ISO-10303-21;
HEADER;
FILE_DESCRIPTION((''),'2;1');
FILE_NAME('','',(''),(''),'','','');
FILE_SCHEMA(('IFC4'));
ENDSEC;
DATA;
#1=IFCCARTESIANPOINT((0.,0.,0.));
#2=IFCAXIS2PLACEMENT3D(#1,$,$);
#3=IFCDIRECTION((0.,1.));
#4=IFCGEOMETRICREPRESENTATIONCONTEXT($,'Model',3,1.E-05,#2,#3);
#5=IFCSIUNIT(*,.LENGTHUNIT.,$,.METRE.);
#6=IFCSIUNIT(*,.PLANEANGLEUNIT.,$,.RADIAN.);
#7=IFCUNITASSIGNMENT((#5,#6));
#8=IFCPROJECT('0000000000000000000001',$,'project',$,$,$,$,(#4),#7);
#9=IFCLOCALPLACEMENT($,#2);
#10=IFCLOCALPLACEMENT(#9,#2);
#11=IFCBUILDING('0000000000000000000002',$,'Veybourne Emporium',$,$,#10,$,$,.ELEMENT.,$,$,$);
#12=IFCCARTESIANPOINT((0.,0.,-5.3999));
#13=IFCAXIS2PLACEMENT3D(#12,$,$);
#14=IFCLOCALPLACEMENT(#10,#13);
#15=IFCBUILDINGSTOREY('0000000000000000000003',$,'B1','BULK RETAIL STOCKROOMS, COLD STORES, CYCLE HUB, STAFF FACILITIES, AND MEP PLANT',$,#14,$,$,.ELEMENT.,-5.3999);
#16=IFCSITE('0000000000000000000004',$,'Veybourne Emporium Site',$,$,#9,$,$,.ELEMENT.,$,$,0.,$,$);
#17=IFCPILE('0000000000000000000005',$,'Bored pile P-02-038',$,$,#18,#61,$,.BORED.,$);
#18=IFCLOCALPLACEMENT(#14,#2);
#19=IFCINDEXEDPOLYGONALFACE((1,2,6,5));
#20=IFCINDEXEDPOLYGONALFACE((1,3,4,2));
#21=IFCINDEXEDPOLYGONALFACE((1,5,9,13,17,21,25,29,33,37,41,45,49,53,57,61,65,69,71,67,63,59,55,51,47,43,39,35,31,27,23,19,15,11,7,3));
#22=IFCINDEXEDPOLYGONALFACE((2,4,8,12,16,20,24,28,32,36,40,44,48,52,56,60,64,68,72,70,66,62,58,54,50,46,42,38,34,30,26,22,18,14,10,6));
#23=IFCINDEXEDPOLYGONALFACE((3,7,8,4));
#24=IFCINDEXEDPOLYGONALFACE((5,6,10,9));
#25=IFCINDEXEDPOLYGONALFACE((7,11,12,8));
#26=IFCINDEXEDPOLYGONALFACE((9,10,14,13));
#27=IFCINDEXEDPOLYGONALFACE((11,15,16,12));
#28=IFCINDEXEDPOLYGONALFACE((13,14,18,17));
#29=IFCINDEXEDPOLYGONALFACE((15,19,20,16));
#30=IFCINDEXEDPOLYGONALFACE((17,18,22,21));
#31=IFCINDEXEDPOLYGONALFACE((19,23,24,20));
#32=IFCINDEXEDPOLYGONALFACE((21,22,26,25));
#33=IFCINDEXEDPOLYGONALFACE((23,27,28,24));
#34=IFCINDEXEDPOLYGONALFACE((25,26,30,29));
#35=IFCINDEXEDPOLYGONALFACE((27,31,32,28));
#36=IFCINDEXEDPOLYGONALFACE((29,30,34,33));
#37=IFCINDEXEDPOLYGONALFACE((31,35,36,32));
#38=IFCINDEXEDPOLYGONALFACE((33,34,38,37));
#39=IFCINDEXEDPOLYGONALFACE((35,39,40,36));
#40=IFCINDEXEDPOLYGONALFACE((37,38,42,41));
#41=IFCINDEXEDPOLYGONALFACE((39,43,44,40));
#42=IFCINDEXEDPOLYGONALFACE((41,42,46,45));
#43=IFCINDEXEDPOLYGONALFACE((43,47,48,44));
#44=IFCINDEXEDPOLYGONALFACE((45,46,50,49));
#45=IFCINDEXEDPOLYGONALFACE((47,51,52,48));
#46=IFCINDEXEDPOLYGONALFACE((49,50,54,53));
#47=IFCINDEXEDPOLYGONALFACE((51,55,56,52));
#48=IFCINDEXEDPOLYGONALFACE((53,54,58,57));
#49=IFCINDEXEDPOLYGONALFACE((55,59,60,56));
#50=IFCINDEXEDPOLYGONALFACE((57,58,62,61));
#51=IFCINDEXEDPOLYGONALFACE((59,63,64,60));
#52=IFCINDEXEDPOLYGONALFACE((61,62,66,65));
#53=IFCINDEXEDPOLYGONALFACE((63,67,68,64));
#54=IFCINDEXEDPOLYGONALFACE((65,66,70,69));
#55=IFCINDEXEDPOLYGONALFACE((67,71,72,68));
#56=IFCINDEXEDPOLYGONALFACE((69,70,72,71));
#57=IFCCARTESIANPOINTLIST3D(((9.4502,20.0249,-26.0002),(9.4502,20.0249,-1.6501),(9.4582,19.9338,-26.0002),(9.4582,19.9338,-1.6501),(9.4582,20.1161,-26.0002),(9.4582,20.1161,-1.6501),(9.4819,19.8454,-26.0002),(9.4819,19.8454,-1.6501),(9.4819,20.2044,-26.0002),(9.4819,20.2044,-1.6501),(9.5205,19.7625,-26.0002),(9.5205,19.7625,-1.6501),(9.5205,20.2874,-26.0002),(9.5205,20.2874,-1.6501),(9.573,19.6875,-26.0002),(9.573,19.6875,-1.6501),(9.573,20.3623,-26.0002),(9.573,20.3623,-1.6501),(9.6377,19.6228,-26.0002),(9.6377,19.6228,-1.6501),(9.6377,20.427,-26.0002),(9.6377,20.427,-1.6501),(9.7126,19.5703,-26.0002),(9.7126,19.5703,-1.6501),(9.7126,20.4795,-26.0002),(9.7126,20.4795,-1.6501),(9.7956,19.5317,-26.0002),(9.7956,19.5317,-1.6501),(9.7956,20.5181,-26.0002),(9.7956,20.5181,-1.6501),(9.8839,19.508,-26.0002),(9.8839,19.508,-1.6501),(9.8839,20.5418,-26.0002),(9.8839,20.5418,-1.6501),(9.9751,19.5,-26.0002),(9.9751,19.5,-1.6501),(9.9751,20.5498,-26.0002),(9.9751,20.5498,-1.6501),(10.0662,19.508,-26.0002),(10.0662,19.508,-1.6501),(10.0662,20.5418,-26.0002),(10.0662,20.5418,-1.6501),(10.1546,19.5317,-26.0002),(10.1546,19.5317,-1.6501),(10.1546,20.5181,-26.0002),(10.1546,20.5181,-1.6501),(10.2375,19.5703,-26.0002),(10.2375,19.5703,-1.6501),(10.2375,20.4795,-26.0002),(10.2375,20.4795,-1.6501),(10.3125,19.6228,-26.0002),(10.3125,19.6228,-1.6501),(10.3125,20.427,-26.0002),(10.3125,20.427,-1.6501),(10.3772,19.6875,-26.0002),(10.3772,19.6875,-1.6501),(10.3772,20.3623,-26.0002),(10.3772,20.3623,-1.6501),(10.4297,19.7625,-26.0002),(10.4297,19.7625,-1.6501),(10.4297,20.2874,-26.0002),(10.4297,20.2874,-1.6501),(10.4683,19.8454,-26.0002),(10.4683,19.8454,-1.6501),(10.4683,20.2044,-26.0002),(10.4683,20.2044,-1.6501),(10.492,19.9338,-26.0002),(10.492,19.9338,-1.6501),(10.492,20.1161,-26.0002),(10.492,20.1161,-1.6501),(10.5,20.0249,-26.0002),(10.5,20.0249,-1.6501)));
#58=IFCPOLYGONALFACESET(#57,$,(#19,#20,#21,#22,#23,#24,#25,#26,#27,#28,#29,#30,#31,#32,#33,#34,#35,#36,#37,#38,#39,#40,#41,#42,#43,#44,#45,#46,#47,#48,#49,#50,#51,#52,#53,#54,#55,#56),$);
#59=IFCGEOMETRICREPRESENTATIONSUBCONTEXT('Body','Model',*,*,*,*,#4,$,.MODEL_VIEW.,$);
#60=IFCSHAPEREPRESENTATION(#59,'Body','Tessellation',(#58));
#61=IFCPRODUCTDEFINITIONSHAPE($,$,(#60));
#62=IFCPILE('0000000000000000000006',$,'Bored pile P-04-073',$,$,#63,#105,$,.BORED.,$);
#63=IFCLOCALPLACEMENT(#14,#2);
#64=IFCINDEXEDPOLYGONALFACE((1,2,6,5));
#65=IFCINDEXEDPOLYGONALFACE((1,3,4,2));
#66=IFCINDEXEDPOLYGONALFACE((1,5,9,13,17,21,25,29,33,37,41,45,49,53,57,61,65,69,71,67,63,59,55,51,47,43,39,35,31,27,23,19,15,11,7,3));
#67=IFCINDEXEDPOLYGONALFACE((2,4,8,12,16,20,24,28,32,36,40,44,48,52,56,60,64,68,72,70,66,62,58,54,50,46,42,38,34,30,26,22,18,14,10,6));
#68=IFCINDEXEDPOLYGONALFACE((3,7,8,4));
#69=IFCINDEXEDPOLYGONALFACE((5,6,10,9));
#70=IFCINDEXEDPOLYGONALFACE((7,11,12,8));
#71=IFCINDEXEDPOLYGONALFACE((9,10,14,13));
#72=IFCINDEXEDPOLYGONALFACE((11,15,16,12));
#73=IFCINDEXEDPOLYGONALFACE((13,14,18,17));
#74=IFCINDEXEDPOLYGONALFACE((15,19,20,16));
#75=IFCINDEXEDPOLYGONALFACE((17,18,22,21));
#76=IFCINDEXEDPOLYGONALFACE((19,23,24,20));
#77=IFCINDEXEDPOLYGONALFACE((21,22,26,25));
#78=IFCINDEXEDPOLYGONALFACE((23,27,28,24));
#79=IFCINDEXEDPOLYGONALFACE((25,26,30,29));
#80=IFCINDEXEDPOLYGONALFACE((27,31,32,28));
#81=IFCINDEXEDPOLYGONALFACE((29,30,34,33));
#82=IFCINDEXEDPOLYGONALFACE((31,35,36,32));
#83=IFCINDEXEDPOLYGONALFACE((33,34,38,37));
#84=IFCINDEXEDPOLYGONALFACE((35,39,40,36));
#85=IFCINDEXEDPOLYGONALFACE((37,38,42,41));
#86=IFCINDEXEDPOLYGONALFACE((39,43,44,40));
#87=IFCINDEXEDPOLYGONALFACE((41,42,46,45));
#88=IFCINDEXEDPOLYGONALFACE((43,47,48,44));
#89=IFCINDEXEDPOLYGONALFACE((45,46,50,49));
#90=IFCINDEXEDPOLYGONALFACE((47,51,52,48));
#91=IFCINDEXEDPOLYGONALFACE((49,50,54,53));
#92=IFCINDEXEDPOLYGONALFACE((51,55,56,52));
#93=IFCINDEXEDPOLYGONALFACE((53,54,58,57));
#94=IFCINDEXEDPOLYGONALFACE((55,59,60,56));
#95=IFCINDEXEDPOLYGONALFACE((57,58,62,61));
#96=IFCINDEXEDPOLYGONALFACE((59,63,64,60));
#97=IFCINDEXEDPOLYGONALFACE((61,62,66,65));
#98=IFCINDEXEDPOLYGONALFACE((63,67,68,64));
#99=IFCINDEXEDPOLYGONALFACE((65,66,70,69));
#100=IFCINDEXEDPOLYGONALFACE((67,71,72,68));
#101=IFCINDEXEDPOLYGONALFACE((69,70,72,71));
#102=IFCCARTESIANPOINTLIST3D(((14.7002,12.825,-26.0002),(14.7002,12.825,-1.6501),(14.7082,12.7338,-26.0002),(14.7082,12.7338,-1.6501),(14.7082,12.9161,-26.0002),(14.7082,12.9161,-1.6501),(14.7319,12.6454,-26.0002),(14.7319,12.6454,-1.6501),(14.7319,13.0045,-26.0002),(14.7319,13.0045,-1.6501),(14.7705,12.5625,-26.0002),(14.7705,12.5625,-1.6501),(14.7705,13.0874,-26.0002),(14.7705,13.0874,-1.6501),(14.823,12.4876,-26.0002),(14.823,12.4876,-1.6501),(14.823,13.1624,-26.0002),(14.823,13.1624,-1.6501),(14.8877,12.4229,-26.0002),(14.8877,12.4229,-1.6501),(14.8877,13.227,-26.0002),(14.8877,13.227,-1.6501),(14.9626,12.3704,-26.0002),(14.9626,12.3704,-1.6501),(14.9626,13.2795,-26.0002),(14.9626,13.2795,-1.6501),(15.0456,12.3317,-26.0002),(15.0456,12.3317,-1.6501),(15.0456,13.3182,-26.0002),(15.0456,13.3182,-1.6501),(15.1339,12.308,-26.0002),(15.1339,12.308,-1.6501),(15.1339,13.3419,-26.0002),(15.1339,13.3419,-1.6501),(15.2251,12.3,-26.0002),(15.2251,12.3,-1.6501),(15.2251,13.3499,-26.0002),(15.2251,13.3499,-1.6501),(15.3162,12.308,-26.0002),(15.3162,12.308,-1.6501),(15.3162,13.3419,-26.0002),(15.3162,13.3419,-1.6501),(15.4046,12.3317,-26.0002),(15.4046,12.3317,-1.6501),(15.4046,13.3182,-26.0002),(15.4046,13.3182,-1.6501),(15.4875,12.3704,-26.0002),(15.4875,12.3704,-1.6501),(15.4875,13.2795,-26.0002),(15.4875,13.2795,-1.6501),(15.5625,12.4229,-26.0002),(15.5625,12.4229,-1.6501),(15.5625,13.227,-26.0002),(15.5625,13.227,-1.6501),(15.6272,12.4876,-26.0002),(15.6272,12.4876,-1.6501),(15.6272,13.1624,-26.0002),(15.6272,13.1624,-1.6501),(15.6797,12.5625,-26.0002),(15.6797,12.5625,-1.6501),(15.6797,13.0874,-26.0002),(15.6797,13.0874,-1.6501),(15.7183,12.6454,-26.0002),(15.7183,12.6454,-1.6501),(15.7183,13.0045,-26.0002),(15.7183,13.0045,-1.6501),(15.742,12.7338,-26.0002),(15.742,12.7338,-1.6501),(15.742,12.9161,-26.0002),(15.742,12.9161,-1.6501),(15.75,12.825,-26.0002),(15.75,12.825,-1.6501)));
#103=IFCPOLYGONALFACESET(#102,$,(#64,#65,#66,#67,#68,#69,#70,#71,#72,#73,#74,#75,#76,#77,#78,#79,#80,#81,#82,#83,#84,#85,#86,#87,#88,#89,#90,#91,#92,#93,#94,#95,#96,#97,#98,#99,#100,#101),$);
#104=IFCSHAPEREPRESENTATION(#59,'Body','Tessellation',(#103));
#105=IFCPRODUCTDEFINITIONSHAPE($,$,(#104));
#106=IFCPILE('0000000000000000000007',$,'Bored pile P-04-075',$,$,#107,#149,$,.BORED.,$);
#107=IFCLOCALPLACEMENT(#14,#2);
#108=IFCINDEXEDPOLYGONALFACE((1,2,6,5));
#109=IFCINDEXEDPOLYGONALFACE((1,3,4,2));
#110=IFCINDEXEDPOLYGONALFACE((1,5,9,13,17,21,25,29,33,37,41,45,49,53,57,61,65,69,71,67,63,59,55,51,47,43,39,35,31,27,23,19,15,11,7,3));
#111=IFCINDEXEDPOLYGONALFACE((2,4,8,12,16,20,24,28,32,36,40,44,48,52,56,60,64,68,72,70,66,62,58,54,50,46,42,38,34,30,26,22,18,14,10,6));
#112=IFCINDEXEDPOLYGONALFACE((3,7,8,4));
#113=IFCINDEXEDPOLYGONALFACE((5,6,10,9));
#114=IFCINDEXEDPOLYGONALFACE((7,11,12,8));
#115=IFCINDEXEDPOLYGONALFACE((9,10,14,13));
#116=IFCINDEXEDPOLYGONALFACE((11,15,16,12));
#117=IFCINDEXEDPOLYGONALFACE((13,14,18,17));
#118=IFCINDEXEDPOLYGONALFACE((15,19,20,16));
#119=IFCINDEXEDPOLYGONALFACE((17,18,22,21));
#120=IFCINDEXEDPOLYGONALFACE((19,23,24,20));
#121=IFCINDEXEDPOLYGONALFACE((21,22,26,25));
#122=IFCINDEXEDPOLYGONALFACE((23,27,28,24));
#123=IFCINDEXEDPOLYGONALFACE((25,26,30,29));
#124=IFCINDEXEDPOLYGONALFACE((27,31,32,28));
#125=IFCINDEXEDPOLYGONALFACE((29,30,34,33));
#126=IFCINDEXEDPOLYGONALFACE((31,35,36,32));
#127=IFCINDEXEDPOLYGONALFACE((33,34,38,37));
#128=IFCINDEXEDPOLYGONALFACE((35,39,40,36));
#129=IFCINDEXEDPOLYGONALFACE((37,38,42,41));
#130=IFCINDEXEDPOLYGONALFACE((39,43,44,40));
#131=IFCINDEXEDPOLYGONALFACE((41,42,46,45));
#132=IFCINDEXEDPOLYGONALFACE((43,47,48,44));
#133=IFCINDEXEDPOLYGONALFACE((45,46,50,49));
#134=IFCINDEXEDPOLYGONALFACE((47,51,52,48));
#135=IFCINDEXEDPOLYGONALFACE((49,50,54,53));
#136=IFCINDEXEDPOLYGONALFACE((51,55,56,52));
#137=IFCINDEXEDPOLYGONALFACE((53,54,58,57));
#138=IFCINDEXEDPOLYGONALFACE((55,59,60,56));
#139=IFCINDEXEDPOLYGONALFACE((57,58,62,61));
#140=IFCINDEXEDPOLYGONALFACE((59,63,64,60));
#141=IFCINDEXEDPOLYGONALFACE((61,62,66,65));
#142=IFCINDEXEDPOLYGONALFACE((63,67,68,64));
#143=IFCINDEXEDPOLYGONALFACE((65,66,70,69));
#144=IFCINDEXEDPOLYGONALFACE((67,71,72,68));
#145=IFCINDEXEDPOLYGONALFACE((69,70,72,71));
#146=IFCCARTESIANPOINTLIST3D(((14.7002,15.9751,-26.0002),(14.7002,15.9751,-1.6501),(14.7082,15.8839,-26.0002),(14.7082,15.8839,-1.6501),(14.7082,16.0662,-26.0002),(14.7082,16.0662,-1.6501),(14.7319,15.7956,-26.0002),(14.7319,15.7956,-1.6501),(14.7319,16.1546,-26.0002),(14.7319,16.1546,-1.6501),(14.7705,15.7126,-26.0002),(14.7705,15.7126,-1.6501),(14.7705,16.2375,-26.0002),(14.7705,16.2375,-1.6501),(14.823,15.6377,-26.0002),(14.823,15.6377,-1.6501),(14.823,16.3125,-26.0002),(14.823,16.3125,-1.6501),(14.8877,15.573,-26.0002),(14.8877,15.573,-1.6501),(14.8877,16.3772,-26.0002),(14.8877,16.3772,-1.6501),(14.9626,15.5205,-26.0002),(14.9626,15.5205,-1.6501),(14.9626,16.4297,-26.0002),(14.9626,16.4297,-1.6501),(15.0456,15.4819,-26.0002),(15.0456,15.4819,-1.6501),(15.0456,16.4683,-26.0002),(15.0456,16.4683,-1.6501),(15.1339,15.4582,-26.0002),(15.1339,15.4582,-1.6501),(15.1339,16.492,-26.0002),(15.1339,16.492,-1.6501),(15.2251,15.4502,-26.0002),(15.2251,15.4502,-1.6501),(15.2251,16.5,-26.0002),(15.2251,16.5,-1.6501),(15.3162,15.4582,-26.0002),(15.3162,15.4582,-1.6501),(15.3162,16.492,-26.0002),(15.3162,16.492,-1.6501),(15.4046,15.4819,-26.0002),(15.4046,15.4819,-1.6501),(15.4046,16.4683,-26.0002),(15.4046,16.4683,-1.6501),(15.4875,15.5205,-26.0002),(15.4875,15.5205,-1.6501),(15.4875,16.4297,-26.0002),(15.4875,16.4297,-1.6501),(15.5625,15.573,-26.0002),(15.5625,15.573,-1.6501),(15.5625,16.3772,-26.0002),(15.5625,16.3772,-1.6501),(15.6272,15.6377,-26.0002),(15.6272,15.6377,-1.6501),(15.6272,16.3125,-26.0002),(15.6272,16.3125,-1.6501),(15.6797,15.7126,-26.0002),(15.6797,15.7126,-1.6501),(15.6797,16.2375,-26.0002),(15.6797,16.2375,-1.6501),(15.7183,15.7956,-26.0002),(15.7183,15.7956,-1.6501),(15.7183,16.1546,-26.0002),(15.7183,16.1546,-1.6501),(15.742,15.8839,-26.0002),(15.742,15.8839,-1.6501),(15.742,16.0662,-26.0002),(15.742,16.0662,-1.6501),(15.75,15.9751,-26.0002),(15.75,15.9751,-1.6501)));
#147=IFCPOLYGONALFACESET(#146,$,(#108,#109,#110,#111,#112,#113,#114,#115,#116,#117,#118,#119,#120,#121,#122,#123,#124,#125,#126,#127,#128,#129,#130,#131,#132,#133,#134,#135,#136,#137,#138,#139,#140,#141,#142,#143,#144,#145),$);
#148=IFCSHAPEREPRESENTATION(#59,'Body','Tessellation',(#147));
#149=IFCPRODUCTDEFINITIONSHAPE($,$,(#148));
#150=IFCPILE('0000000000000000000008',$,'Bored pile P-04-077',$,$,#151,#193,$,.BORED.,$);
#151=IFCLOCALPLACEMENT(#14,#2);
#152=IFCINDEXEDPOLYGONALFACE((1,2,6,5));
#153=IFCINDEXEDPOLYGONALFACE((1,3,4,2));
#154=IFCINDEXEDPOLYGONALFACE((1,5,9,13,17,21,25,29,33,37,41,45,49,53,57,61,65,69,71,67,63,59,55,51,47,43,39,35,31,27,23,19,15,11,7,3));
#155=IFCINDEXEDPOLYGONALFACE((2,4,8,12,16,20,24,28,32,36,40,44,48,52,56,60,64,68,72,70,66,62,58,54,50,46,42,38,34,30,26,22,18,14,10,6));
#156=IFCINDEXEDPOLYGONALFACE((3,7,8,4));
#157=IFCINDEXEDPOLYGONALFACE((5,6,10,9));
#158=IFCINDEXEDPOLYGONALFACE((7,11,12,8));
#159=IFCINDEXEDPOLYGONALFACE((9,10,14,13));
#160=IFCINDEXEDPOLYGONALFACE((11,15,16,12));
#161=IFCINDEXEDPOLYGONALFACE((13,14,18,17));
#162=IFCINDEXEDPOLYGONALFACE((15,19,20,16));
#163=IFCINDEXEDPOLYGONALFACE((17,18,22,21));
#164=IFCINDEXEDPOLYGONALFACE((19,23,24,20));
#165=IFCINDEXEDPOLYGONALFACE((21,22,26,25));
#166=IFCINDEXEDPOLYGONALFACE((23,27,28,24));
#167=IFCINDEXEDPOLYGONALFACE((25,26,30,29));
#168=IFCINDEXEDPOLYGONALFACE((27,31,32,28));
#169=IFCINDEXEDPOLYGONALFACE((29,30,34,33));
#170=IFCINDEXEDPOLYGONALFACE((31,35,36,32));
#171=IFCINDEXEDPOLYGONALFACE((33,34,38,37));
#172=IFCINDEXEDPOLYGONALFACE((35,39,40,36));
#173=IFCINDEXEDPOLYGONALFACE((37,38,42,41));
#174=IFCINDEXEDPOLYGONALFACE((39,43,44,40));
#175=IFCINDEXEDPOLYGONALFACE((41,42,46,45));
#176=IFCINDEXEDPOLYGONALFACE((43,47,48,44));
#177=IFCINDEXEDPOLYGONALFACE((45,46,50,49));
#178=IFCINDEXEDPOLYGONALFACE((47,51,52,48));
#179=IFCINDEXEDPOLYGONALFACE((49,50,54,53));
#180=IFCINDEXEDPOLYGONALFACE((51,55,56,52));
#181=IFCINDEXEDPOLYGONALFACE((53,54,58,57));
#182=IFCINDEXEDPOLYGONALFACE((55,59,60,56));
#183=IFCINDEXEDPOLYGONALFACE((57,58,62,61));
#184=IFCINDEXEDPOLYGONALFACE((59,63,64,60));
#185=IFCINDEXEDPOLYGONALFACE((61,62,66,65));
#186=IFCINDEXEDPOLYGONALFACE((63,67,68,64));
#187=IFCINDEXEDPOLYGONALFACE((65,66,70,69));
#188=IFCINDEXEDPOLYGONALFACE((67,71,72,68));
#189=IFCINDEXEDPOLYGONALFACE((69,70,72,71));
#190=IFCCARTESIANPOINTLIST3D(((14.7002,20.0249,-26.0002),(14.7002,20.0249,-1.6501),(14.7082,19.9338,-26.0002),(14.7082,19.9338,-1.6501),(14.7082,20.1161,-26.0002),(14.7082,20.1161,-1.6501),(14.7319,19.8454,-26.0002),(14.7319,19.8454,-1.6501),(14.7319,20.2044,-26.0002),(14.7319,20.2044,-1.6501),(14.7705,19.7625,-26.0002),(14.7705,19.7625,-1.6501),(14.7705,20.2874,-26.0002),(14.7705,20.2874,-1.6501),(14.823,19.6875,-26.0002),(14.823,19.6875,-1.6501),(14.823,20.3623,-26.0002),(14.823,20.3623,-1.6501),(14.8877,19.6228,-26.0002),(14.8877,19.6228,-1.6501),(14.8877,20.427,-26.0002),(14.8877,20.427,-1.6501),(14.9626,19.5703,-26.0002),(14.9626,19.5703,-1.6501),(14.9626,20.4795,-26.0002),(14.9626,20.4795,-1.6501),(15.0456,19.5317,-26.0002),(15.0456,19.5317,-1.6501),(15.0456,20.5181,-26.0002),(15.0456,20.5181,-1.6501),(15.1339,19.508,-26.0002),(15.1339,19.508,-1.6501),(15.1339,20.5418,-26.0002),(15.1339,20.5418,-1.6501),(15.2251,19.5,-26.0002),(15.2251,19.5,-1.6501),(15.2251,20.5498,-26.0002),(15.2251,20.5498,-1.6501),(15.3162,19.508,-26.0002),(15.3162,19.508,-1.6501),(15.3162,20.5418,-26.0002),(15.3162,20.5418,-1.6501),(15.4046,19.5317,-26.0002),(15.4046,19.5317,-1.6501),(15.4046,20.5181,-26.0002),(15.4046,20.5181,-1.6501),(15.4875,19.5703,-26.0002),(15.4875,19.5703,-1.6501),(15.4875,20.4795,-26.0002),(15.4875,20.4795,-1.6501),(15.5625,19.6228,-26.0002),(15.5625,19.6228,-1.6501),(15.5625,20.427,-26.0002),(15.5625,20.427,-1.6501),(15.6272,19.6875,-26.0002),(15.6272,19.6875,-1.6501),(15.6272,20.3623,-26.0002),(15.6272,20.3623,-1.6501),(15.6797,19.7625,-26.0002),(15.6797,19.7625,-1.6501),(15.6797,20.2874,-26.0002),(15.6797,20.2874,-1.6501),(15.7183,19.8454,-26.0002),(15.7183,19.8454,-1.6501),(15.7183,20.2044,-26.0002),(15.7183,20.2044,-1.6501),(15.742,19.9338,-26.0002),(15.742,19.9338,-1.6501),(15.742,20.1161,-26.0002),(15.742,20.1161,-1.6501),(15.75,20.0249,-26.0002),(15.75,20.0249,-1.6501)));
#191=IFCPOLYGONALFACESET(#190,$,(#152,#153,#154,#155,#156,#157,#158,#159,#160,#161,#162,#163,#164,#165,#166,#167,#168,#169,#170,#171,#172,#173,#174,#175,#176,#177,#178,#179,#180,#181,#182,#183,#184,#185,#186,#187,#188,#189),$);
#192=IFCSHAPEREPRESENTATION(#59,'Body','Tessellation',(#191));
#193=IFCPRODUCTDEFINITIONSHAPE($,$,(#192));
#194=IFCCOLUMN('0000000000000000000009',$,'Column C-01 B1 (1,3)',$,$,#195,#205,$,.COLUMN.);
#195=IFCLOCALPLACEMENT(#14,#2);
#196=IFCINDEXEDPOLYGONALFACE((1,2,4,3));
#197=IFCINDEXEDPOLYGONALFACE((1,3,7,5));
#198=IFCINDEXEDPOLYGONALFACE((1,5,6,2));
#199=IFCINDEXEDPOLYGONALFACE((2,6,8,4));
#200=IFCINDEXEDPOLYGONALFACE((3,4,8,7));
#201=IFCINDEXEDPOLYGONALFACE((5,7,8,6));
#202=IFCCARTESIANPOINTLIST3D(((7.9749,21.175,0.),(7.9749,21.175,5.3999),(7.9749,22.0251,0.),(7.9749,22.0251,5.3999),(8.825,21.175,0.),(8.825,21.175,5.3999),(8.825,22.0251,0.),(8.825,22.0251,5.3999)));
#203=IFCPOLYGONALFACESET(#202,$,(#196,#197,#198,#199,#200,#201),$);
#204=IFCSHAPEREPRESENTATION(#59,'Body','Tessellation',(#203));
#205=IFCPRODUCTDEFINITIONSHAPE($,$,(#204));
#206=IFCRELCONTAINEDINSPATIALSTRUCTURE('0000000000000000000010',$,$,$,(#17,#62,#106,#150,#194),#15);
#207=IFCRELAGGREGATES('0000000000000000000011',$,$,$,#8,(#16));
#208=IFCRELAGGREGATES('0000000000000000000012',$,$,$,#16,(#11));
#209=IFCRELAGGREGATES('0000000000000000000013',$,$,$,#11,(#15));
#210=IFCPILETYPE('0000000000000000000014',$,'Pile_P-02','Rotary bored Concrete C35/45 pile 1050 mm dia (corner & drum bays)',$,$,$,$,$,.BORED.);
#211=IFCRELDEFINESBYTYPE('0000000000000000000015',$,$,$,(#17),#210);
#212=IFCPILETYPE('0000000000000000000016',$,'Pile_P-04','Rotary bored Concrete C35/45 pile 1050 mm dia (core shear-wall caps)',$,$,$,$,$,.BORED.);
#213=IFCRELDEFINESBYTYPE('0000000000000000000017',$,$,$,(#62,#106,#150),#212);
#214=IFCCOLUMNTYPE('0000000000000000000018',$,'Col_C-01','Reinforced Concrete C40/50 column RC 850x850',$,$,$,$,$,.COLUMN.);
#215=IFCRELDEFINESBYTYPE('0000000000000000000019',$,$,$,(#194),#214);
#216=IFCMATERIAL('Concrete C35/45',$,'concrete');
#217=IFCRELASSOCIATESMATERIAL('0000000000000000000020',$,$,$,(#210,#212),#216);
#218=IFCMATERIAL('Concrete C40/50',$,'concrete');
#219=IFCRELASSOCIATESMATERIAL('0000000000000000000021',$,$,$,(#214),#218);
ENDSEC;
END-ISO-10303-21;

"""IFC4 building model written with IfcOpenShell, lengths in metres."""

from ifc_helpers import new_model, si_unit, direction, frame, origin, origin_2d, place, context, subcontext, project, spatial, rectangle, circle, extrude, material, material_profile, profile_set, type_object, element, save


model = new_model("IFC4")

# Units and contexts
model_context = context("Model", 3, precision=1e-05, world=origin(), true_north=direction((0.0, 1.0)))
body_context = subcontext(model_context, "Body", "Model", "MODEL_VIEW")
ifc_project = project(units=[si_unit("LENGTHUNIT", "METRE"), si_unit("PLANEANGLEUNIT", "RADIAN")], contexts=[model_context])

# Site, building, storey
site_placement = place(None, origin())
site = spatial("IfcSite", under=ifc_project, at=site_placement, Name="Veybourne Emporium Site", CompositionType="ELEMENT", RefElevation=0.0)
building_placement = place(site_placement, origin())
building = spatial("IfcBuilding", under=site, at=building_placement, Name="Veybourne Emporium", CompositionType="ELEMENT")
storey_placement = place(building_placement, frame((0.0, 0.0, -5.3999)))
storey = spatial("IfcBuildingStorey", under=building, at=storey_placement, Name="B1", Description="BULK RETAIL STOCKROOMS, COLD STORES, CYCLE HUB, STAFF FACILITIES, AND MEP PLANT", CompositionType="ELEMENT", Elevation=-5.3999)

# Shared definitions
ifc_material_1 = material(Name="Concrete C35/45", Category="concrete")

# Piles
ifc_material_profile_1 = material_profile(ifc_material_1, circle(Radius=0.5249, at=origin_2d()), Name="BORED PILE 1050")
ifc_profile_set_1 = profile_set([ifc_material_profile_1], Name="Concrete C35/45")
pile_type_1 = type_object("IfcPileType", Name="Pile_P-02", Description="Rotary bored Concrete C35/45 pile 1050 mm dia (corner & drum bays)", PredefinedType="BORED", material=ifc_profile_set_1)
for number, where, z_axis, x_axis, name in (
    (1, (9.9751, 20.0249, -1.6501), (0.0, 0.0, -1.0), (1.0, 0.0, 0.0), "Bored pile P-02-038"),
):
    element("IfcPile", number, at=place(storey_placement, frame(where, z_axis=z_axis, x_axis=x_axis)), inside=storey, type_object=pile_type_1, Name=name, PredefinedType="BORED", context=body_context, shape_type="SweptSolid", body=[
        extrude(circle(Radius=0.5249, at=origin_2d()), origin(), (0.0, 0.0, 1.0), 24.3501),
    ])
ifc_material_profile_2 = material_profile(ifc_material_1, circle(Radius=0.5249, at=origin_2d()), Name="BORED PILE 1050")
ifc_profile_set_2 = profile_set([ifc_material_profile_2], Name="Concrete C35/45")
pile_type_2 = type_object("IfcPileType", Name="Pile_P-04", Description="Rotary bored Concrete C35/45 pile 1050 mm dia (core shear-wall caps)", PredefinedType="BORED", material=ifc_profile_set_2)
for number, where, z_axis, x_axis, name in (
    (2, (15.2251, 12.825, -1.6501), (0.0, 0.0, -1.0), (1.0, 0.0, 0.0), "Bored pile P-04-073"),
    (3, (15.2251, 15.9751, -1.6501), (0.0, 0.0, -1.0), (1.0, 0.0, 0.0), "Bored pile P-04-075"),
    (4, (15.2251, 20.0249, -1.6501), (0.0, 0.0, -1.0), (1.0, 0.0, 0.0), "Bored pile P-04-077"),
):
    element("IfcPile", number, at=place(storey_placement, frame(where, z_axis=z_axis, x_axis=x_axis)), inside=storey, type_object=pile_type_2, Name=name, PredefinedType="BORED", context=body_context, shape_type="SweptSolid", body=[
        extrude(circle(Radius=0.5249, at=origin_2d()), origin(), (0.0, 0.0, 1.0), 24.3501),
    ])

# Column
ifc_material_2 = material(Name="Concrete C40/50", Category="concrete")
ifc_material_profile_3 = material_profile(ifc_material_2, rectangle(XDim=0.8501, YDim=0.8501, at=origin_2d()), Name="RC 850x850")
ifc_profile_set_3 = profile_set([ifc_material_profile_3], Name="Concrete C40/50")
column_type_1 = type_object("IfcColumnType", Name="Col_C-01", Description="Reinforced Concrete C40/50 column RC 850x850", PredefinedType="COLUMN", material=ifc_profile_set_3)
column_1_placement = place(storey_placement, frame((8.3999, 21.6001, 0.0), z_axis=(0.0, 0.0, 1.0), x_axis=(1.0, 0.0, 0.0)))
element("IfcColumn", 5, at=column_1_placement, inside=storey, type_object=column_type_1, Name="Column C-01 B1 (1,3)", PredefinedType="COLUMN", context=body_context, shape_type="SweptSolid", body=[
    extrude(rectangle(XDim=0.8501, YDim=0.8501, at=origin_2d()), origin(), (0.0, 0.0, 1.0), 5.3999),
])

save(model, "model.ifc")
